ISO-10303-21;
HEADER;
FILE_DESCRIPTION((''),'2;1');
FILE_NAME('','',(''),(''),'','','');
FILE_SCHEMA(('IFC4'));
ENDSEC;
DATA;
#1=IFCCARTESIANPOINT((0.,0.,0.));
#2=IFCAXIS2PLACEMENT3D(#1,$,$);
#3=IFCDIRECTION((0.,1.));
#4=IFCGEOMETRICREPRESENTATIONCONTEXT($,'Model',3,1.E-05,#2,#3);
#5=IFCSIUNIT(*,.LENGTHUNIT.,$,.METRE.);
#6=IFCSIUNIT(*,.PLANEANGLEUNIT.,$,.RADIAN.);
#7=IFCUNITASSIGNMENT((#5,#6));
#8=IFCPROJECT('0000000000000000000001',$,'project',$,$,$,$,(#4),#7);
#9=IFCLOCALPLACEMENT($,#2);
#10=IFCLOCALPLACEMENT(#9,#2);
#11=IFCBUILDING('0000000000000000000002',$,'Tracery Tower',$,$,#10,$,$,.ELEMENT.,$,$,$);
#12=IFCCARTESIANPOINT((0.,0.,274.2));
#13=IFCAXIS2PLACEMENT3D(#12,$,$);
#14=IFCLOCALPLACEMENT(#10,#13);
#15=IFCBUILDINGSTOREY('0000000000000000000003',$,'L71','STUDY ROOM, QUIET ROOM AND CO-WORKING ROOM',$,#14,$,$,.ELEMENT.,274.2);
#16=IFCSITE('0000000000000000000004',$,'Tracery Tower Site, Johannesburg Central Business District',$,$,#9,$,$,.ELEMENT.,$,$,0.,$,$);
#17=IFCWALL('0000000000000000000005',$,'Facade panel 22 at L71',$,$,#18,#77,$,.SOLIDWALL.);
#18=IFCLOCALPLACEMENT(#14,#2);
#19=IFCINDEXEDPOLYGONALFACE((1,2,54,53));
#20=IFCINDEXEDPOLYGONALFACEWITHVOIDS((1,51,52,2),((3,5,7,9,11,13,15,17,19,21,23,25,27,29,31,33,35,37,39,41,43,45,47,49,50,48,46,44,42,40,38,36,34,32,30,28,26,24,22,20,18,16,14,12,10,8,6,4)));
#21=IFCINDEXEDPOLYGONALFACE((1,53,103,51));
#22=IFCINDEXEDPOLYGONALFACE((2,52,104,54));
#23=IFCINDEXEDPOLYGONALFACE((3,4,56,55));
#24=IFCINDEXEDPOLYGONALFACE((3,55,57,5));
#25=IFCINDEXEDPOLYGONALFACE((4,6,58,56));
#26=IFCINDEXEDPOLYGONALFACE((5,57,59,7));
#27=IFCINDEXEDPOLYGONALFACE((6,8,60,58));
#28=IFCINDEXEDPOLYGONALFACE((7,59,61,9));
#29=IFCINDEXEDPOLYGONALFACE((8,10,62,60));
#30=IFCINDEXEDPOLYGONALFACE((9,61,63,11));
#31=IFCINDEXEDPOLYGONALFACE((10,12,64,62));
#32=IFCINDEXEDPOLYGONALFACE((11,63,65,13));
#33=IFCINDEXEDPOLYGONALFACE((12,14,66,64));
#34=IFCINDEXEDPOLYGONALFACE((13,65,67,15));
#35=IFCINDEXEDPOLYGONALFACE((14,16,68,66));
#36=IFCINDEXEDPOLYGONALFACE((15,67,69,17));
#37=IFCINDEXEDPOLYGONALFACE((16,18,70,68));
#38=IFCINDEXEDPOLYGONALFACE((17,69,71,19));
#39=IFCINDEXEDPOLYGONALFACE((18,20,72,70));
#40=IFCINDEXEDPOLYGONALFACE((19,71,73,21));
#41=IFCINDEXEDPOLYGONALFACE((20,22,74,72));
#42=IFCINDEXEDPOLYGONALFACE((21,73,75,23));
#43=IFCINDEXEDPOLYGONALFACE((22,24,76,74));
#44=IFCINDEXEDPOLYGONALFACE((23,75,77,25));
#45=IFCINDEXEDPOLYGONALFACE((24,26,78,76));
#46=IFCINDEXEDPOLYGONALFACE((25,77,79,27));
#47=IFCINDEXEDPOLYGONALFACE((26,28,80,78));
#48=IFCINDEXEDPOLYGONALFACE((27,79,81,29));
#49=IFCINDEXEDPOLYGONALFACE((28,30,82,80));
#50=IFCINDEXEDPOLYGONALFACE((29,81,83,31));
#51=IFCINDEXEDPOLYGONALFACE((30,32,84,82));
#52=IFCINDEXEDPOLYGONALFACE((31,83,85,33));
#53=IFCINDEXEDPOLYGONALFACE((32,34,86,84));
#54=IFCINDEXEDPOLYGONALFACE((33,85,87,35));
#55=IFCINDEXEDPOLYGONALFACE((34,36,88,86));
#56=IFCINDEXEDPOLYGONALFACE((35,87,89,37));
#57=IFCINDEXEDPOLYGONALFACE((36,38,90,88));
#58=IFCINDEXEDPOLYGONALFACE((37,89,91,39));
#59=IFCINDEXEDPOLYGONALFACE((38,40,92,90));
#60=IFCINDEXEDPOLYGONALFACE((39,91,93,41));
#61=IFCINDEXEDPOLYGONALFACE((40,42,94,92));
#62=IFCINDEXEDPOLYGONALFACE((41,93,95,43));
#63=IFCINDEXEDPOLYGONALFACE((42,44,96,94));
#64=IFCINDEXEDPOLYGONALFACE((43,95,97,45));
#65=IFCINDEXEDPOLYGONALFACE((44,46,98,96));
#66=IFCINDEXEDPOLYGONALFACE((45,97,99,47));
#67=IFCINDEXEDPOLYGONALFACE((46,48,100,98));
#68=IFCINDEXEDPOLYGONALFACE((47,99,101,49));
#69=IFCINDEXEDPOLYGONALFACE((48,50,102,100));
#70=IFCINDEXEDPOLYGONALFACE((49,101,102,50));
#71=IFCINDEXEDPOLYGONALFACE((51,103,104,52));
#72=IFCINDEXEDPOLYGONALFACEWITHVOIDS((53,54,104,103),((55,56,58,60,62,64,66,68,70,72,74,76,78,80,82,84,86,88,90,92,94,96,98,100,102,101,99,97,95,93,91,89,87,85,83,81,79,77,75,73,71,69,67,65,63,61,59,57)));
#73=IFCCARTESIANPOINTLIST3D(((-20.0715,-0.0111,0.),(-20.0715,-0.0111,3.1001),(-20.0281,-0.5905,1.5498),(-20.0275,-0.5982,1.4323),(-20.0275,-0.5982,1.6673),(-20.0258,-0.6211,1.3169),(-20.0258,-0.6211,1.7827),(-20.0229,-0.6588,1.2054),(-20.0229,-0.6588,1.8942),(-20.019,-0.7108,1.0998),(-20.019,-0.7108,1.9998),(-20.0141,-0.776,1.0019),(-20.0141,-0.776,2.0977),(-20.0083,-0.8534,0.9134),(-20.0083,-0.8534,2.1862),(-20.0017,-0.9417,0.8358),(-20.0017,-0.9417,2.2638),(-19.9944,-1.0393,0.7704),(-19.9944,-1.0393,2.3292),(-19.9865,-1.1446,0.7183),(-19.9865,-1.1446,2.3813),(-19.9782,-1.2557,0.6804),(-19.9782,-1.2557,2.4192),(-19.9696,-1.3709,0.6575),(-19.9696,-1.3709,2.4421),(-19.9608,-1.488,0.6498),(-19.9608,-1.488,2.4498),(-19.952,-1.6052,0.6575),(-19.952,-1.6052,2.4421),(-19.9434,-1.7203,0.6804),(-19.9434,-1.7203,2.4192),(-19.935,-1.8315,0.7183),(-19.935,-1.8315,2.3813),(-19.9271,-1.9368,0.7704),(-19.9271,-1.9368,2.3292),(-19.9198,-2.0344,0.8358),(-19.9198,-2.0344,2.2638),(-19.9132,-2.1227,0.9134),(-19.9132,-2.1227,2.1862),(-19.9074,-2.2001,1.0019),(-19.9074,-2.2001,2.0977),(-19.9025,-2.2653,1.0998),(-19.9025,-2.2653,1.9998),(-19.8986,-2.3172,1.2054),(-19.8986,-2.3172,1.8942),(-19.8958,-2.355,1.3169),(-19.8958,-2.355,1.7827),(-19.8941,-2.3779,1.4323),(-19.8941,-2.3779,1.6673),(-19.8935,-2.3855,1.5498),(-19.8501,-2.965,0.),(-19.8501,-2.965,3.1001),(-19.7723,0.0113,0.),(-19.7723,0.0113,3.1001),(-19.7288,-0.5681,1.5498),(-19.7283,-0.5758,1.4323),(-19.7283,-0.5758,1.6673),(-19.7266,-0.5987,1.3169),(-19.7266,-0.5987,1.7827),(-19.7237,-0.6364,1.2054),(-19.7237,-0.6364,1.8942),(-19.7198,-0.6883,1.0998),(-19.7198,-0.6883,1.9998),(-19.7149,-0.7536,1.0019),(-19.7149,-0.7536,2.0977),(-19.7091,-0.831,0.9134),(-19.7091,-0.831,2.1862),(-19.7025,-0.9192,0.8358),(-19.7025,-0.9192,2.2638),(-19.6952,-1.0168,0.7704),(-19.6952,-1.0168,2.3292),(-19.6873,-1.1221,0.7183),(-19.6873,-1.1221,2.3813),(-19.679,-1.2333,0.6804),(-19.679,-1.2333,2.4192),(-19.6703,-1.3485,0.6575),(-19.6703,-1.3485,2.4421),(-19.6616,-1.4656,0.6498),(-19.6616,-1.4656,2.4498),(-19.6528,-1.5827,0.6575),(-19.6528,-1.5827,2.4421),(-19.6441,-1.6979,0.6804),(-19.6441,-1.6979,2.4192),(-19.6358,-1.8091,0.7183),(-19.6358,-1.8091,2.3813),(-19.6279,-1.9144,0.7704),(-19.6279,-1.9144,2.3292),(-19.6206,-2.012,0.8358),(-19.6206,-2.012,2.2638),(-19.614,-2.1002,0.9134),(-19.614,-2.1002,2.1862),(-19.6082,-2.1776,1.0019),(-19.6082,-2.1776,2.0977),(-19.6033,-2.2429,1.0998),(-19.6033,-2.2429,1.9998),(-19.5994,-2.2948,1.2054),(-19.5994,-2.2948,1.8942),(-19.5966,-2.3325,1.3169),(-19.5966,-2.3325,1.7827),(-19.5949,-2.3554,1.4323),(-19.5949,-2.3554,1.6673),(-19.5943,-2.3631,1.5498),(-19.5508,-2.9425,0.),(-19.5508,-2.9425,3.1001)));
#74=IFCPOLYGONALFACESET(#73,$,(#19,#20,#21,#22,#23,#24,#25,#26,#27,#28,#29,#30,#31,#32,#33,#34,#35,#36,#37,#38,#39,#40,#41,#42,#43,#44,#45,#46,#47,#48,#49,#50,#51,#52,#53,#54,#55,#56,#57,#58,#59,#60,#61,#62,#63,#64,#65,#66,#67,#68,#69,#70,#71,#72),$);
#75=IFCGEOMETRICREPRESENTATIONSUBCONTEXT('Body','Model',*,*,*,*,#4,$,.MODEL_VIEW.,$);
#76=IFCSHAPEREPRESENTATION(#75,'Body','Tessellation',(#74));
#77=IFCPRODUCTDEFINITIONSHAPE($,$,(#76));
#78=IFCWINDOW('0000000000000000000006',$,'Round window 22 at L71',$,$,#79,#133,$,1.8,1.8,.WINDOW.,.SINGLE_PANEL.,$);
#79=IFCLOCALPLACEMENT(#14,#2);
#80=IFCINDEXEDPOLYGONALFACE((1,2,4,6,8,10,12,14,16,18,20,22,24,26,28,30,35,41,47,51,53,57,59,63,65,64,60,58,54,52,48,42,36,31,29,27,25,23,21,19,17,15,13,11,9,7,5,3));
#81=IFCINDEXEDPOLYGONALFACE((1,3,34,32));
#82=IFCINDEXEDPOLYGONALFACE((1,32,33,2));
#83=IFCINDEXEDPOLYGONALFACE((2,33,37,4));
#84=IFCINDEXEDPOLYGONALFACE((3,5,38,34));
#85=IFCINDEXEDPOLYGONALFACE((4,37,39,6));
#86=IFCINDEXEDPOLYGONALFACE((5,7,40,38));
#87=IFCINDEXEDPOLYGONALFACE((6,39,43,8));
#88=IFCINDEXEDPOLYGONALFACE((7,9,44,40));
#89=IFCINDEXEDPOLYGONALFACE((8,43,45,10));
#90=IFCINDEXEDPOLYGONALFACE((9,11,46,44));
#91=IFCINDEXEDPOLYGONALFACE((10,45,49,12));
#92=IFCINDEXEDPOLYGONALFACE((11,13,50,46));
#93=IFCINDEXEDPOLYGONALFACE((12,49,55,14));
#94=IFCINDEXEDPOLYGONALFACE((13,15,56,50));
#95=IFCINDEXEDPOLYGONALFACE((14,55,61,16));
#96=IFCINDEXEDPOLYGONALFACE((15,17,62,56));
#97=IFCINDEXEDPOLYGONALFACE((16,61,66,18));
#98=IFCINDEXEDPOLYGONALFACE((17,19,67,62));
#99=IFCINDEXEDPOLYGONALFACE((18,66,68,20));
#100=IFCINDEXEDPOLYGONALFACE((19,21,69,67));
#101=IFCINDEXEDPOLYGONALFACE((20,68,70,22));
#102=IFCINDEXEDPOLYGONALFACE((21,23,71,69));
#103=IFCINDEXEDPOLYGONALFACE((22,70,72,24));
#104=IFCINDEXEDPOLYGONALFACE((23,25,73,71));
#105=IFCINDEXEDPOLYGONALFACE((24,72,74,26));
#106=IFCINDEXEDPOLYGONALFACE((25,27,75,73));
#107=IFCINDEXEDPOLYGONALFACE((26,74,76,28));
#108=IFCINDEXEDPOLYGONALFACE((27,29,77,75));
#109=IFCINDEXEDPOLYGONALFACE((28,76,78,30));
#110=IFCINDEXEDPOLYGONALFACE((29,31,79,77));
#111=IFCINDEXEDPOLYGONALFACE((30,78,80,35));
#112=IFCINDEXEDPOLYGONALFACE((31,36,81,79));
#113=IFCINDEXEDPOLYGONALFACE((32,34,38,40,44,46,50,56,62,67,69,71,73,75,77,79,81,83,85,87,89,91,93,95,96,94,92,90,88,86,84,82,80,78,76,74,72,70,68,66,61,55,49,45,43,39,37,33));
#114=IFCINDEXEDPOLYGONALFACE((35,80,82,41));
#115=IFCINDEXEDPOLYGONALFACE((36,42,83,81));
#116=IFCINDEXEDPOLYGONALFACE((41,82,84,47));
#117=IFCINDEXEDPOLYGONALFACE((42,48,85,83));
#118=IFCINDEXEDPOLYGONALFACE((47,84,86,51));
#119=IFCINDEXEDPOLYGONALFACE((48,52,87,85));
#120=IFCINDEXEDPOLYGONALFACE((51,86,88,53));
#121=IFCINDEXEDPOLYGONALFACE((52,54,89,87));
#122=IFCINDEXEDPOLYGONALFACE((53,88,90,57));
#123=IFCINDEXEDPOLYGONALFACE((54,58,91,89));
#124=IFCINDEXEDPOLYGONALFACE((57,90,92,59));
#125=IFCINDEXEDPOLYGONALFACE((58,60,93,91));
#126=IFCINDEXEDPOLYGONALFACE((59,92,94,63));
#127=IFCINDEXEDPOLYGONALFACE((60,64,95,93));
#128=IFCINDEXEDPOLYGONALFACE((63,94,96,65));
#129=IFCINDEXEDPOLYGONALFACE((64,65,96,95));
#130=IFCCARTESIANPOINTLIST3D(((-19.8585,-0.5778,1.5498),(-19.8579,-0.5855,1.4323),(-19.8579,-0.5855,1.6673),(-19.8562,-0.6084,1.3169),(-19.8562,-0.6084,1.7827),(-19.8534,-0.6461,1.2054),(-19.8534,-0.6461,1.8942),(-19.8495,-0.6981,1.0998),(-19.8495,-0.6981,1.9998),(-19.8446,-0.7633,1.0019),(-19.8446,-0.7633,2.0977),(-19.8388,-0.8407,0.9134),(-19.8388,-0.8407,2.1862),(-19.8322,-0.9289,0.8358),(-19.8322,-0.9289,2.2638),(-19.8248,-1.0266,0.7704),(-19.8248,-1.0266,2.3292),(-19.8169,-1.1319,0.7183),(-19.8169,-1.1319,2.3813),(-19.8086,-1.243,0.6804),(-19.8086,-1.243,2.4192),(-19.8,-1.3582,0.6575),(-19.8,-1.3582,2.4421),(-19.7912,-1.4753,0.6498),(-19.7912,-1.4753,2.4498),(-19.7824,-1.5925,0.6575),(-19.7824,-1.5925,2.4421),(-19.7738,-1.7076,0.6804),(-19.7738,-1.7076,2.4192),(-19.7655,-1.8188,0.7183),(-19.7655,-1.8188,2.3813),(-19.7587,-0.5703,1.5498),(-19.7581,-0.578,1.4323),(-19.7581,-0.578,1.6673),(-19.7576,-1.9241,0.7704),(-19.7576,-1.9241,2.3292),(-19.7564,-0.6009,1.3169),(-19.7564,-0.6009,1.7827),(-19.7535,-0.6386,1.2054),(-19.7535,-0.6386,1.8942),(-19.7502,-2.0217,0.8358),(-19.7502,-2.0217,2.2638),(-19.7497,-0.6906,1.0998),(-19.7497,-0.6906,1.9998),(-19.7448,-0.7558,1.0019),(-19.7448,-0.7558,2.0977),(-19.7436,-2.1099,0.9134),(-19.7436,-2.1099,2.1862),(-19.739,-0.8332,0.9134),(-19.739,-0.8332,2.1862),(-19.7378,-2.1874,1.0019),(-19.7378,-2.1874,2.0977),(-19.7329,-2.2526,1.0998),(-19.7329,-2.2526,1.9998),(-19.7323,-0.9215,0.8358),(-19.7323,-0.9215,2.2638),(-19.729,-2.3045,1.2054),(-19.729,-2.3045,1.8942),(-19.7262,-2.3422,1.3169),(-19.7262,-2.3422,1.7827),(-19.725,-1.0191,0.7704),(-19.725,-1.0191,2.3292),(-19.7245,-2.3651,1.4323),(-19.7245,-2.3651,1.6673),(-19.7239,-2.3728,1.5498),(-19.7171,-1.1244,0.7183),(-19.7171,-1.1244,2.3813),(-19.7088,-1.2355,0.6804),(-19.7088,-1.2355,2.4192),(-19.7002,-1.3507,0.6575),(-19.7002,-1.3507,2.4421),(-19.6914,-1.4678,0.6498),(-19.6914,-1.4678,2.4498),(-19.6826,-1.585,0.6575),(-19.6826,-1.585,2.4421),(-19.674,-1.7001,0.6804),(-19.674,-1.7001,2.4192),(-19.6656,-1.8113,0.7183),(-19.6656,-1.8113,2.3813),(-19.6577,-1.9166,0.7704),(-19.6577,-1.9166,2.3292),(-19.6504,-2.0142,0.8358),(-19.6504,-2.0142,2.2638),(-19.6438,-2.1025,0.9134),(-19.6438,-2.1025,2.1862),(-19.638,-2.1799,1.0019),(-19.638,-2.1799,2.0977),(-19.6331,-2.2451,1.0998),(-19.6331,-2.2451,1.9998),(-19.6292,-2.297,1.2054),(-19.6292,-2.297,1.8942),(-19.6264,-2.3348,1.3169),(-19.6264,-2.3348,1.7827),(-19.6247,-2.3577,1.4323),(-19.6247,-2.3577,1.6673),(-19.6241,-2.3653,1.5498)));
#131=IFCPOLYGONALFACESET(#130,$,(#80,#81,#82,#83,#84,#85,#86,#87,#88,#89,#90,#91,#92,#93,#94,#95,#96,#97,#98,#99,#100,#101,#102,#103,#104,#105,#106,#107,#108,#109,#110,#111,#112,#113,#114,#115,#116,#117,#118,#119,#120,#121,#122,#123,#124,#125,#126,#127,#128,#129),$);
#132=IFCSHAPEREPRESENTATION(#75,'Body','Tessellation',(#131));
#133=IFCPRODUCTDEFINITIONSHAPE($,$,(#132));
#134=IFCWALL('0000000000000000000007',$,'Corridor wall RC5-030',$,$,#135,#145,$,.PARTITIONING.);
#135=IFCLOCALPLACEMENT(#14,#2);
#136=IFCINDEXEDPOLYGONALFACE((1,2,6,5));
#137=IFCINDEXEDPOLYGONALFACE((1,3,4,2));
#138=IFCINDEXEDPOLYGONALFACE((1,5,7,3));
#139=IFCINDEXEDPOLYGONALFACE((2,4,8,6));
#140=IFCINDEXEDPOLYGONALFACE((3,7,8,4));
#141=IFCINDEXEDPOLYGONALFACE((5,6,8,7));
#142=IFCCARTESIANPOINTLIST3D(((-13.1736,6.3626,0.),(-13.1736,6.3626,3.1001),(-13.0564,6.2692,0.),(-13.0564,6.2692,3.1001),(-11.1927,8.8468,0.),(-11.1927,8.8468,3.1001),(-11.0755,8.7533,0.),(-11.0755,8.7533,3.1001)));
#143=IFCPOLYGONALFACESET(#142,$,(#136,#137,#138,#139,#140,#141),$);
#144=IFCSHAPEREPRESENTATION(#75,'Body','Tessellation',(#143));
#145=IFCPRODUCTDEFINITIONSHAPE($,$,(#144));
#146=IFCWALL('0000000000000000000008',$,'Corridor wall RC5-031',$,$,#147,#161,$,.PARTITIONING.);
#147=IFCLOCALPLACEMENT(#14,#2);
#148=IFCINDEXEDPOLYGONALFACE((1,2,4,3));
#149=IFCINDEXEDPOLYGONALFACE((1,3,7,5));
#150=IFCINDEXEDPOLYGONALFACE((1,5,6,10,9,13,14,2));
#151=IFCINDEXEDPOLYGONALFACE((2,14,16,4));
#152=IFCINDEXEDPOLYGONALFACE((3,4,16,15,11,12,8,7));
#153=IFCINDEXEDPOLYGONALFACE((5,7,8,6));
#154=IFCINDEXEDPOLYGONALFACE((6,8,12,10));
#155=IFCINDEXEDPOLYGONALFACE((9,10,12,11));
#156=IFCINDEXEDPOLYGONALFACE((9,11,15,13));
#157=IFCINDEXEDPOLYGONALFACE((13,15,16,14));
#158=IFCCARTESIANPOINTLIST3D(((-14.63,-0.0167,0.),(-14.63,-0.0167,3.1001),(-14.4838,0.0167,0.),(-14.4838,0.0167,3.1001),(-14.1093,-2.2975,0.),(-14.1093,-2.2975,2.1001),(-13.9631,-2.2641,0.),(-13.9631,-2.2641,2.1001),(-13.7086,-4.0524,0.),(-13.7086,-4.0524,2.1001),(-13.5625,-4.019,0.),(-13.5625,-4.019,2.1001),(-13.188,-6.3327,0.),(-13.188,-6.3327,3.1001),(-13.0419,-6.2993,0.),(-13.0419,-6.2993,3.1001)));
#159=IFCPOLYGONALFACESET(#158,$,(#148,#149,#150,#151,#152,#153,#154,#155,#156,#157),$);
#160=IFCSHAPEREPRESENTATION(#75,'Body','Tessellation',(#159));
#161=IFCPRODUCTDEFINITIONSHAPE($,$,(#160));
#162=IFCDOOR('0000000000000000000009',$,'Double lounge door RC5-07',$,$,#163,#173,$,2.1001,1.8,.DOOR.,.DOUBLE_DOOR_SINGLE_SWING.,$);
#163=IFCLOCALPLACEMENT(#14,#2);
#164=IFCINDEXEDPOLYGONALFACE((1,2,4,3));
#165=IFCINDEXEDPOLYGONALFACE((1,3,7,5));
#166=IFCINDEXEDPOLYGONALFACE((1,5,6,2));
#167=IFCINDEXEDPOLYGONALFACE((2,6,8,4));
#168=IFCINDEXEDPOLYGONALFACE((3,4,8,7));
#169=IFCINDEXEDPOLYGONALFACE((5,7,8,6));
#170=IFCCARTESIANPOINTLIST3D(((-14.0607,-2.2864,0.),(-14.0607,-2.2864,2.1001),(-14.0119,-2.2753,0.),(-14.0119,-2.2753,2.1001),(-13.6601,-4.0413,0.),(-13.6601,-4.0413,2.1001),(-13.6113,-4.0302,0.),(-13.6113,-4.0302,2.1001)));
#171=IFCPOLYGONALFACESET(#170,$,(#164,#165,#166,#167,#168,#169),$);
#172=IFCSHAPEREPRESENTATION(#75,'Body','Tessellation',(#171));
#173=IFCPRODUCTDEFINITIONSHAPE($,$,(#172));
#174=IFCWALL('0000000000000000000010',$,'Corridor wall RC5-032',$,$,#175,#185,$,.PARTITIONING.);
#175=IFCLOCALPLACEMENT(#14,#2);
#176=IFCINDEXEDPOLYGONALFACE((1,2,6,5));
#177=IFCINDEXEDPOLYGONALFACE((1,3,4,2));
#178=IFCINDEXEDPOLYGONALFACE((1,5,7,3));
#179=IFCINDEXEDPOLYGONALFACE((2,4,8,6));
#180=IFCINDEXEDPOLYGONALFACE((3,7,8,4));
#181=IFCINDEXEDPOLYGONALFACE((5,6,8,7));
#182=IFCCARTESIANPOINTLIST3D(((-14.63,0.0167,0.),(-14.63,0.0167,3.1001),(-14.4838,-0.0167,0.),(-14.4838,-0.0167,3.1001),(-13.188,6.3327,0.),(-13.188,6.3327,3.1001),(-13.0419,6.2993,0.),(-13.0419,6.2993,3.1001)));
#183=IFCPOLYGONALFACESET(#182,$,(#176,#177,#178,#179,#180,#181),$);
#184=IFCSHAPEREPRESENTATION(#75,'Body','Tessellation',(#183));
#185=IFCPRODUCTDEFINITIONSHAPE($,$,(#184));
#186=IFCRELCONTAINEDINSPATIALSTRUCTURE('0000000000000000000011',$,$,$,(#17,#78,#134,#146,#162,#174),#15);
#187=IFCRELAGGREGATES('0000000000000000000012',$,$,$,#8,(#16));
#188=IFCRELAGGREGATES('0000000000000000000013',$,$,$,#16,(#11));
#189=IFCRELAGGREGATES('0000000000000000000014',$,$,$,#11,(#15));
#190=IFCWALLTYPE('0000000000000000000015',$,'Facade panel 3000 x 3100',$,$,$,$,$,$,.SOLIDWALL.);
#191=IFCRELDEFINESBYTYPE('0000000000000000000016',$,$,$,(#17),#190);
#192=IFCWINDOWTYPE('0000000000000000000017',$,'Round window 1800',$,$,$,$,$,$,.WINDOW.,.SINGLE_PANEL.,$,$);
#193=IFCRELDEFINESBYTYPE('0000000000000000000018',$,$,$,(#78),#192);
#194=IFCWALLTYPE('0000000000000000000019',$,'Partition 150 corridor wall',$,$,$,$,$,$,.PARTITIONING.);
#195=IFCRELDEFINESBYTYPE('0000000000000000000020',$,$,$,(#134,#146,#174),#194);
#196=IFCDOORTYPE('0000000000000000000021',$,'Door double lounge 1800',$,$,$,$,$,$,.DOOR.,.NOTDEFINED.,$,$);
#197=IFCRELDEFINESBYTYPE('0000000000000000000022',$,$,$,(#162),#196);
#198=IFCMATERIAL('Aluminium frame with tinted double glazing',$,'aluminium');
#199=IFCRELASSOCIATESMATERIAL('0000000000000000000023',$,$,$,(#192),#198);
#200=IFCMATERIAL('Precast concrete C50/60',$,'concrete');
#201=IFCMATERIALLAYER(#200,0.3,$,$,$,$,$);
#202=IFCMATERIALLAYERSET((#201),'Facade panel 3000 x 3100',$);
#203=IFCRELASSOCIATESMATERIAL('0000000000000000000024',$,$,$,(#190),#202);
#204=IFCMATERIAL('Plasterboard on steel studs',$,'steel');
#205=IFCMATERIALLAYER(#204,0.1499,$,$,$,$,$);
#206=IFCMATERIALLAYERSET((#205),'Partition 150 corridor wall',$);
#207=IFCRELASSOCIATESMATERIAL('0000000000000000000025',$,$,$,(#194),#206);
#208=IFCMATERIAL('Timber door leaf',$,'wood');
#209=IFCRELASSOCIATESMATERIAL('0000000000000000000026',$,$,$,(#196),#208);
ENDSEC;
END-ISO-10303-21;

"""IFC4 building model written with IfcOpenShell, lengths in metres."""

from ifc_helpers import new_model, si_unit, direction, frame, frame_2d, origin, origin_2d, place, context, subcontext, project, spatial, rectangle, circle, extrude, material, layer, layer_set, type_object, element, fill, save


model = new_model("IFC4")

# Units and contexts
model_context = context("Model", 3, precision=1e-05, world=origin(), true_north=direction((0.0, 1.0)))
body_context = subcontext(model_context, "Body", "Model", "MODEL_VIEW")
ifc_project = project(units=[si_unit("LENGTHUNIT", "METRE"), si_unit("PLANEANGLEUNIT", "RADIAN")], contexts=[model_context])

# Site, building, storey
site_placement = place(None, origin())
site = spatial("IfcSite", under=ifc_project, at=site_placement, Name="Tracery Tower Site, Johannesburg Central Business District", CompositionType="ELEMENT", RefElevation=0.0)
building_placement = place(site_placement, origin())
building = spatial("IfcBuilding", under=site, at=building_placement, Name="Tracery Tower", CompositionType="ELEMENT")
storey_placement = place(building_placement, frame((0.0, 0.0, 274.2)))
storey = spatial("IfcBuildingStorey", under=building, at=storey_placement, Name="L71", Description="STUDY ROOM, QUIET ROOM AND CO-WORKING ROOM", CompositionType="ELEMENT", Elevation=274.2)

# Wall, opening, window
ifc_material_1 = material(Name="Aluminium frame with tinted double glazing", Category="aluminium")
window_type = type_object("IfcWindowType", Name="Round window 1800", PartitioningType="SINGLE_PANEL", PredefinedType="WINDOW", material=ifc_material_1)
ifc_material_2 = material(Name="Precast concrete C50/60", Category="concrete")
ifc_layer_1 = layer(ifc_material_2, 0.3)
ifc_layer_set_1 = layer_set([ifc_layer_1], Name="Facade panel 3000 x 3100")
wall_type_1 = type_object("IfcWallType", Name="Facade panel 3000 x 3100", PredefinedType="SOLIDWALL", material=ifc_layer_set_1)
wall_1_placement = place(storey_placement, frame((-19.9219, 0.0, 0.0), z_axis=(0.0, 0.0, 1.0), x_axis=(0.074755, -0.997202, 0.0)))
wall_1 = element("IfcWall", 1, at=wall_1_placement, inside=storey, type_object=wall_type_1, Name="Facade panel 22 at L71", PredefinedType="SOLIDWALL", context=body_context, shape_type="SweptSolid", body=[
    extrude(rectangle(XDim=2.9622, YDim=0.3, at=frame_2d((1.481, 0.0))), origin(), (0.0, 0.0, 1.0), 3.1001),
])
opening_1_placement = place(wall_1_placement, frame((1.481, 0.0, 1.5498)))
opening_1 = element("IfcOpeningElement", 2, at=opening_1_placement, cuts=wall_1, PredefinedType="OPENING", context=body_context, shape_type="SweptSolid", body=[
    extrude(circle(Radius=0.9, at=origin_2d()), frame((0.0, 0.1599, 0.0), z_axis=(0.0, -1.0, 0.0), x_axis=(1.0, 0.0, 0.0)), (0.0, 0.0, 1.0), 0.3201),
])
window_1_placement = place(opening_1_placement, origin())
window_1 = element("IfcWindow", 3, at=window_1_placement, inside=storey, type_object=window_type, Name="Round window 22 at L71", OverallHeight=1.8, OverallWidth=1.8, PartitioningType="SINGLE_PANEL", PredefinedType="WINDOW", context=body_context, shape_type="SweptSolid", body=[
    extrude(circle(Radius=0.9, at=origin_2d()), frame((0.0, 0.1201, 0.0), z_axis=(0.0, -1.0, 0.0), x_axis=(1.0, 0.0, 0.0)), (0.0, 0.0, 1.0), 0.1001),
])
fill(opening_1, window_1)

# Wall
ifc_material_3 = material(Name="Plasterboard on steel studs", Category="steel")
ifc_layer_2 = layer(ifc_material_3, 0.1499)
ifc_layer_set_2 = layer_set([ifc_layer_2], Name="Partition 150 corridor wall")
wall_type_2 = type_object("IfcWallType", Name="Partition 150 corridor wall", PredefinedType="PARTITIONING", material=ifc_layer_set_2)
wall_2_placement = place(storey_placement, frame((-13.115, 6.3159, 0.0), z_axis=(0.0, 0.0, 1.0), x_axis=(0.623476, 0.781842, 0.0)))
element("IfcWall", 4, at=wall_2_placement, inside=storey, type_object=wall_type_2, Name="Corridor wall RC5-030", PredefinedType="PARTITIONING", context=body_context, shape_type="SweptSolid", body=[
    extrude(rectangle(XDim=3.1772, YDim=0.1499, at=frame_2d((1.5886, 0.0))), origin(), (0.0, 0.0, 1.0), 3.1001),
])

# Wall, opening, door
wall_3_placement = place(storey_placement, frame((-14.5569, 0.0, 0.0), z_axis=(0.0, 0.0, 1.0), x_axis=(0.222569, -0.974917, 0.0)))
wall_3 = element("IfcWall", 5, at=wall_3_placement, inside=storey, type_object=wall_type_2, Name="Corridor wall RC5-031", PredefinedType="PARTITIONING", context=body_context, shape_type="SweptSolid", body=[
    extrude(rectangle(XDim=6.4785, YDim=0.1499, at=frame_2d((3.2393, 0.0))), origin(), (0.0, 0.0, 1.0), 3.1001),
])
opening_2_placement = place(wall_3_placement, frame((2.3396, 0.0, 0.0)))
opening_2 = element("IfcOpeningElement", 6, at=opening_2_placement, cuts=wall_3, PredefinedType="OPENING", context=body_context, shape_type="SweptSolid", body=[
    extrude(rectangle(XDim=1.8, YDim=2.1001, at=frame_2d((0.8999, 1.05))), frame((0.0, 0.075, 0.0), z_axis=(0.0, -1.0, 0.0), x_axis=(1.0, 0.0, 0.0)), (0.0, 0.0, 1.0), 0.1499),
])
ifc_material_4 = material(Name="Timber door leaf", Category="wood")
door_type_1 = type_object("IfcDoorType", Name="Door double lounge 1800", OperationType="NOTDEFINED", PredefinedType="DOOR", material=ifc_material_4)
door_1_placement = place(opening_2_placement, origin())
door_1 = element("IfcDoor", 7, at=door_1_placement, inside=storey, type_object=door_type_1, Name="Double lounge door RC5-07", OperationType="DOUBLE_DOOR_SINGLE_SWING", OverallHeight=2.1001, OverallWidth=1.8, PredefinedType="DOOR", context=body_context, shape_type="SweptSolid", body=[
    extrude(rectangle(XDim=1.8, YDim=2.1001, at=frame_2d((0.8999, 1.05))), frame((0.0, 0.0249, 0.0), z_axis=(0.0, -1.0, 0.0), x_axis=(1.0, 0.0, 0.0)), (0.0, 0.0, 1.0), 0.05),
])
fill(opening_2, door_1)

# Wall
wall_4_placement = place(storey_placement, frame((-14.5569, 0.0, 0.0), z_axis=(0.0, 0.0, 1.0), x_axis=(0.222569, 0.974917, 0.0)))
element("IfcWall", 8, at=wall_4_placement, inside=storey, type_object=wall_type_2, Name="Corridor wall RC5-032", PredefinedType="PARTITIONING", context=body_context, shape_type="SweptSolid", body=[
    extrude(rectangle(XDim=6.4785, YDim=0.1499, at=frame_2d((3.2393, 0.0))), origin(), (0.0, 0.0, 1.0), 3.1001),
])

save(model, "model.ifc")
